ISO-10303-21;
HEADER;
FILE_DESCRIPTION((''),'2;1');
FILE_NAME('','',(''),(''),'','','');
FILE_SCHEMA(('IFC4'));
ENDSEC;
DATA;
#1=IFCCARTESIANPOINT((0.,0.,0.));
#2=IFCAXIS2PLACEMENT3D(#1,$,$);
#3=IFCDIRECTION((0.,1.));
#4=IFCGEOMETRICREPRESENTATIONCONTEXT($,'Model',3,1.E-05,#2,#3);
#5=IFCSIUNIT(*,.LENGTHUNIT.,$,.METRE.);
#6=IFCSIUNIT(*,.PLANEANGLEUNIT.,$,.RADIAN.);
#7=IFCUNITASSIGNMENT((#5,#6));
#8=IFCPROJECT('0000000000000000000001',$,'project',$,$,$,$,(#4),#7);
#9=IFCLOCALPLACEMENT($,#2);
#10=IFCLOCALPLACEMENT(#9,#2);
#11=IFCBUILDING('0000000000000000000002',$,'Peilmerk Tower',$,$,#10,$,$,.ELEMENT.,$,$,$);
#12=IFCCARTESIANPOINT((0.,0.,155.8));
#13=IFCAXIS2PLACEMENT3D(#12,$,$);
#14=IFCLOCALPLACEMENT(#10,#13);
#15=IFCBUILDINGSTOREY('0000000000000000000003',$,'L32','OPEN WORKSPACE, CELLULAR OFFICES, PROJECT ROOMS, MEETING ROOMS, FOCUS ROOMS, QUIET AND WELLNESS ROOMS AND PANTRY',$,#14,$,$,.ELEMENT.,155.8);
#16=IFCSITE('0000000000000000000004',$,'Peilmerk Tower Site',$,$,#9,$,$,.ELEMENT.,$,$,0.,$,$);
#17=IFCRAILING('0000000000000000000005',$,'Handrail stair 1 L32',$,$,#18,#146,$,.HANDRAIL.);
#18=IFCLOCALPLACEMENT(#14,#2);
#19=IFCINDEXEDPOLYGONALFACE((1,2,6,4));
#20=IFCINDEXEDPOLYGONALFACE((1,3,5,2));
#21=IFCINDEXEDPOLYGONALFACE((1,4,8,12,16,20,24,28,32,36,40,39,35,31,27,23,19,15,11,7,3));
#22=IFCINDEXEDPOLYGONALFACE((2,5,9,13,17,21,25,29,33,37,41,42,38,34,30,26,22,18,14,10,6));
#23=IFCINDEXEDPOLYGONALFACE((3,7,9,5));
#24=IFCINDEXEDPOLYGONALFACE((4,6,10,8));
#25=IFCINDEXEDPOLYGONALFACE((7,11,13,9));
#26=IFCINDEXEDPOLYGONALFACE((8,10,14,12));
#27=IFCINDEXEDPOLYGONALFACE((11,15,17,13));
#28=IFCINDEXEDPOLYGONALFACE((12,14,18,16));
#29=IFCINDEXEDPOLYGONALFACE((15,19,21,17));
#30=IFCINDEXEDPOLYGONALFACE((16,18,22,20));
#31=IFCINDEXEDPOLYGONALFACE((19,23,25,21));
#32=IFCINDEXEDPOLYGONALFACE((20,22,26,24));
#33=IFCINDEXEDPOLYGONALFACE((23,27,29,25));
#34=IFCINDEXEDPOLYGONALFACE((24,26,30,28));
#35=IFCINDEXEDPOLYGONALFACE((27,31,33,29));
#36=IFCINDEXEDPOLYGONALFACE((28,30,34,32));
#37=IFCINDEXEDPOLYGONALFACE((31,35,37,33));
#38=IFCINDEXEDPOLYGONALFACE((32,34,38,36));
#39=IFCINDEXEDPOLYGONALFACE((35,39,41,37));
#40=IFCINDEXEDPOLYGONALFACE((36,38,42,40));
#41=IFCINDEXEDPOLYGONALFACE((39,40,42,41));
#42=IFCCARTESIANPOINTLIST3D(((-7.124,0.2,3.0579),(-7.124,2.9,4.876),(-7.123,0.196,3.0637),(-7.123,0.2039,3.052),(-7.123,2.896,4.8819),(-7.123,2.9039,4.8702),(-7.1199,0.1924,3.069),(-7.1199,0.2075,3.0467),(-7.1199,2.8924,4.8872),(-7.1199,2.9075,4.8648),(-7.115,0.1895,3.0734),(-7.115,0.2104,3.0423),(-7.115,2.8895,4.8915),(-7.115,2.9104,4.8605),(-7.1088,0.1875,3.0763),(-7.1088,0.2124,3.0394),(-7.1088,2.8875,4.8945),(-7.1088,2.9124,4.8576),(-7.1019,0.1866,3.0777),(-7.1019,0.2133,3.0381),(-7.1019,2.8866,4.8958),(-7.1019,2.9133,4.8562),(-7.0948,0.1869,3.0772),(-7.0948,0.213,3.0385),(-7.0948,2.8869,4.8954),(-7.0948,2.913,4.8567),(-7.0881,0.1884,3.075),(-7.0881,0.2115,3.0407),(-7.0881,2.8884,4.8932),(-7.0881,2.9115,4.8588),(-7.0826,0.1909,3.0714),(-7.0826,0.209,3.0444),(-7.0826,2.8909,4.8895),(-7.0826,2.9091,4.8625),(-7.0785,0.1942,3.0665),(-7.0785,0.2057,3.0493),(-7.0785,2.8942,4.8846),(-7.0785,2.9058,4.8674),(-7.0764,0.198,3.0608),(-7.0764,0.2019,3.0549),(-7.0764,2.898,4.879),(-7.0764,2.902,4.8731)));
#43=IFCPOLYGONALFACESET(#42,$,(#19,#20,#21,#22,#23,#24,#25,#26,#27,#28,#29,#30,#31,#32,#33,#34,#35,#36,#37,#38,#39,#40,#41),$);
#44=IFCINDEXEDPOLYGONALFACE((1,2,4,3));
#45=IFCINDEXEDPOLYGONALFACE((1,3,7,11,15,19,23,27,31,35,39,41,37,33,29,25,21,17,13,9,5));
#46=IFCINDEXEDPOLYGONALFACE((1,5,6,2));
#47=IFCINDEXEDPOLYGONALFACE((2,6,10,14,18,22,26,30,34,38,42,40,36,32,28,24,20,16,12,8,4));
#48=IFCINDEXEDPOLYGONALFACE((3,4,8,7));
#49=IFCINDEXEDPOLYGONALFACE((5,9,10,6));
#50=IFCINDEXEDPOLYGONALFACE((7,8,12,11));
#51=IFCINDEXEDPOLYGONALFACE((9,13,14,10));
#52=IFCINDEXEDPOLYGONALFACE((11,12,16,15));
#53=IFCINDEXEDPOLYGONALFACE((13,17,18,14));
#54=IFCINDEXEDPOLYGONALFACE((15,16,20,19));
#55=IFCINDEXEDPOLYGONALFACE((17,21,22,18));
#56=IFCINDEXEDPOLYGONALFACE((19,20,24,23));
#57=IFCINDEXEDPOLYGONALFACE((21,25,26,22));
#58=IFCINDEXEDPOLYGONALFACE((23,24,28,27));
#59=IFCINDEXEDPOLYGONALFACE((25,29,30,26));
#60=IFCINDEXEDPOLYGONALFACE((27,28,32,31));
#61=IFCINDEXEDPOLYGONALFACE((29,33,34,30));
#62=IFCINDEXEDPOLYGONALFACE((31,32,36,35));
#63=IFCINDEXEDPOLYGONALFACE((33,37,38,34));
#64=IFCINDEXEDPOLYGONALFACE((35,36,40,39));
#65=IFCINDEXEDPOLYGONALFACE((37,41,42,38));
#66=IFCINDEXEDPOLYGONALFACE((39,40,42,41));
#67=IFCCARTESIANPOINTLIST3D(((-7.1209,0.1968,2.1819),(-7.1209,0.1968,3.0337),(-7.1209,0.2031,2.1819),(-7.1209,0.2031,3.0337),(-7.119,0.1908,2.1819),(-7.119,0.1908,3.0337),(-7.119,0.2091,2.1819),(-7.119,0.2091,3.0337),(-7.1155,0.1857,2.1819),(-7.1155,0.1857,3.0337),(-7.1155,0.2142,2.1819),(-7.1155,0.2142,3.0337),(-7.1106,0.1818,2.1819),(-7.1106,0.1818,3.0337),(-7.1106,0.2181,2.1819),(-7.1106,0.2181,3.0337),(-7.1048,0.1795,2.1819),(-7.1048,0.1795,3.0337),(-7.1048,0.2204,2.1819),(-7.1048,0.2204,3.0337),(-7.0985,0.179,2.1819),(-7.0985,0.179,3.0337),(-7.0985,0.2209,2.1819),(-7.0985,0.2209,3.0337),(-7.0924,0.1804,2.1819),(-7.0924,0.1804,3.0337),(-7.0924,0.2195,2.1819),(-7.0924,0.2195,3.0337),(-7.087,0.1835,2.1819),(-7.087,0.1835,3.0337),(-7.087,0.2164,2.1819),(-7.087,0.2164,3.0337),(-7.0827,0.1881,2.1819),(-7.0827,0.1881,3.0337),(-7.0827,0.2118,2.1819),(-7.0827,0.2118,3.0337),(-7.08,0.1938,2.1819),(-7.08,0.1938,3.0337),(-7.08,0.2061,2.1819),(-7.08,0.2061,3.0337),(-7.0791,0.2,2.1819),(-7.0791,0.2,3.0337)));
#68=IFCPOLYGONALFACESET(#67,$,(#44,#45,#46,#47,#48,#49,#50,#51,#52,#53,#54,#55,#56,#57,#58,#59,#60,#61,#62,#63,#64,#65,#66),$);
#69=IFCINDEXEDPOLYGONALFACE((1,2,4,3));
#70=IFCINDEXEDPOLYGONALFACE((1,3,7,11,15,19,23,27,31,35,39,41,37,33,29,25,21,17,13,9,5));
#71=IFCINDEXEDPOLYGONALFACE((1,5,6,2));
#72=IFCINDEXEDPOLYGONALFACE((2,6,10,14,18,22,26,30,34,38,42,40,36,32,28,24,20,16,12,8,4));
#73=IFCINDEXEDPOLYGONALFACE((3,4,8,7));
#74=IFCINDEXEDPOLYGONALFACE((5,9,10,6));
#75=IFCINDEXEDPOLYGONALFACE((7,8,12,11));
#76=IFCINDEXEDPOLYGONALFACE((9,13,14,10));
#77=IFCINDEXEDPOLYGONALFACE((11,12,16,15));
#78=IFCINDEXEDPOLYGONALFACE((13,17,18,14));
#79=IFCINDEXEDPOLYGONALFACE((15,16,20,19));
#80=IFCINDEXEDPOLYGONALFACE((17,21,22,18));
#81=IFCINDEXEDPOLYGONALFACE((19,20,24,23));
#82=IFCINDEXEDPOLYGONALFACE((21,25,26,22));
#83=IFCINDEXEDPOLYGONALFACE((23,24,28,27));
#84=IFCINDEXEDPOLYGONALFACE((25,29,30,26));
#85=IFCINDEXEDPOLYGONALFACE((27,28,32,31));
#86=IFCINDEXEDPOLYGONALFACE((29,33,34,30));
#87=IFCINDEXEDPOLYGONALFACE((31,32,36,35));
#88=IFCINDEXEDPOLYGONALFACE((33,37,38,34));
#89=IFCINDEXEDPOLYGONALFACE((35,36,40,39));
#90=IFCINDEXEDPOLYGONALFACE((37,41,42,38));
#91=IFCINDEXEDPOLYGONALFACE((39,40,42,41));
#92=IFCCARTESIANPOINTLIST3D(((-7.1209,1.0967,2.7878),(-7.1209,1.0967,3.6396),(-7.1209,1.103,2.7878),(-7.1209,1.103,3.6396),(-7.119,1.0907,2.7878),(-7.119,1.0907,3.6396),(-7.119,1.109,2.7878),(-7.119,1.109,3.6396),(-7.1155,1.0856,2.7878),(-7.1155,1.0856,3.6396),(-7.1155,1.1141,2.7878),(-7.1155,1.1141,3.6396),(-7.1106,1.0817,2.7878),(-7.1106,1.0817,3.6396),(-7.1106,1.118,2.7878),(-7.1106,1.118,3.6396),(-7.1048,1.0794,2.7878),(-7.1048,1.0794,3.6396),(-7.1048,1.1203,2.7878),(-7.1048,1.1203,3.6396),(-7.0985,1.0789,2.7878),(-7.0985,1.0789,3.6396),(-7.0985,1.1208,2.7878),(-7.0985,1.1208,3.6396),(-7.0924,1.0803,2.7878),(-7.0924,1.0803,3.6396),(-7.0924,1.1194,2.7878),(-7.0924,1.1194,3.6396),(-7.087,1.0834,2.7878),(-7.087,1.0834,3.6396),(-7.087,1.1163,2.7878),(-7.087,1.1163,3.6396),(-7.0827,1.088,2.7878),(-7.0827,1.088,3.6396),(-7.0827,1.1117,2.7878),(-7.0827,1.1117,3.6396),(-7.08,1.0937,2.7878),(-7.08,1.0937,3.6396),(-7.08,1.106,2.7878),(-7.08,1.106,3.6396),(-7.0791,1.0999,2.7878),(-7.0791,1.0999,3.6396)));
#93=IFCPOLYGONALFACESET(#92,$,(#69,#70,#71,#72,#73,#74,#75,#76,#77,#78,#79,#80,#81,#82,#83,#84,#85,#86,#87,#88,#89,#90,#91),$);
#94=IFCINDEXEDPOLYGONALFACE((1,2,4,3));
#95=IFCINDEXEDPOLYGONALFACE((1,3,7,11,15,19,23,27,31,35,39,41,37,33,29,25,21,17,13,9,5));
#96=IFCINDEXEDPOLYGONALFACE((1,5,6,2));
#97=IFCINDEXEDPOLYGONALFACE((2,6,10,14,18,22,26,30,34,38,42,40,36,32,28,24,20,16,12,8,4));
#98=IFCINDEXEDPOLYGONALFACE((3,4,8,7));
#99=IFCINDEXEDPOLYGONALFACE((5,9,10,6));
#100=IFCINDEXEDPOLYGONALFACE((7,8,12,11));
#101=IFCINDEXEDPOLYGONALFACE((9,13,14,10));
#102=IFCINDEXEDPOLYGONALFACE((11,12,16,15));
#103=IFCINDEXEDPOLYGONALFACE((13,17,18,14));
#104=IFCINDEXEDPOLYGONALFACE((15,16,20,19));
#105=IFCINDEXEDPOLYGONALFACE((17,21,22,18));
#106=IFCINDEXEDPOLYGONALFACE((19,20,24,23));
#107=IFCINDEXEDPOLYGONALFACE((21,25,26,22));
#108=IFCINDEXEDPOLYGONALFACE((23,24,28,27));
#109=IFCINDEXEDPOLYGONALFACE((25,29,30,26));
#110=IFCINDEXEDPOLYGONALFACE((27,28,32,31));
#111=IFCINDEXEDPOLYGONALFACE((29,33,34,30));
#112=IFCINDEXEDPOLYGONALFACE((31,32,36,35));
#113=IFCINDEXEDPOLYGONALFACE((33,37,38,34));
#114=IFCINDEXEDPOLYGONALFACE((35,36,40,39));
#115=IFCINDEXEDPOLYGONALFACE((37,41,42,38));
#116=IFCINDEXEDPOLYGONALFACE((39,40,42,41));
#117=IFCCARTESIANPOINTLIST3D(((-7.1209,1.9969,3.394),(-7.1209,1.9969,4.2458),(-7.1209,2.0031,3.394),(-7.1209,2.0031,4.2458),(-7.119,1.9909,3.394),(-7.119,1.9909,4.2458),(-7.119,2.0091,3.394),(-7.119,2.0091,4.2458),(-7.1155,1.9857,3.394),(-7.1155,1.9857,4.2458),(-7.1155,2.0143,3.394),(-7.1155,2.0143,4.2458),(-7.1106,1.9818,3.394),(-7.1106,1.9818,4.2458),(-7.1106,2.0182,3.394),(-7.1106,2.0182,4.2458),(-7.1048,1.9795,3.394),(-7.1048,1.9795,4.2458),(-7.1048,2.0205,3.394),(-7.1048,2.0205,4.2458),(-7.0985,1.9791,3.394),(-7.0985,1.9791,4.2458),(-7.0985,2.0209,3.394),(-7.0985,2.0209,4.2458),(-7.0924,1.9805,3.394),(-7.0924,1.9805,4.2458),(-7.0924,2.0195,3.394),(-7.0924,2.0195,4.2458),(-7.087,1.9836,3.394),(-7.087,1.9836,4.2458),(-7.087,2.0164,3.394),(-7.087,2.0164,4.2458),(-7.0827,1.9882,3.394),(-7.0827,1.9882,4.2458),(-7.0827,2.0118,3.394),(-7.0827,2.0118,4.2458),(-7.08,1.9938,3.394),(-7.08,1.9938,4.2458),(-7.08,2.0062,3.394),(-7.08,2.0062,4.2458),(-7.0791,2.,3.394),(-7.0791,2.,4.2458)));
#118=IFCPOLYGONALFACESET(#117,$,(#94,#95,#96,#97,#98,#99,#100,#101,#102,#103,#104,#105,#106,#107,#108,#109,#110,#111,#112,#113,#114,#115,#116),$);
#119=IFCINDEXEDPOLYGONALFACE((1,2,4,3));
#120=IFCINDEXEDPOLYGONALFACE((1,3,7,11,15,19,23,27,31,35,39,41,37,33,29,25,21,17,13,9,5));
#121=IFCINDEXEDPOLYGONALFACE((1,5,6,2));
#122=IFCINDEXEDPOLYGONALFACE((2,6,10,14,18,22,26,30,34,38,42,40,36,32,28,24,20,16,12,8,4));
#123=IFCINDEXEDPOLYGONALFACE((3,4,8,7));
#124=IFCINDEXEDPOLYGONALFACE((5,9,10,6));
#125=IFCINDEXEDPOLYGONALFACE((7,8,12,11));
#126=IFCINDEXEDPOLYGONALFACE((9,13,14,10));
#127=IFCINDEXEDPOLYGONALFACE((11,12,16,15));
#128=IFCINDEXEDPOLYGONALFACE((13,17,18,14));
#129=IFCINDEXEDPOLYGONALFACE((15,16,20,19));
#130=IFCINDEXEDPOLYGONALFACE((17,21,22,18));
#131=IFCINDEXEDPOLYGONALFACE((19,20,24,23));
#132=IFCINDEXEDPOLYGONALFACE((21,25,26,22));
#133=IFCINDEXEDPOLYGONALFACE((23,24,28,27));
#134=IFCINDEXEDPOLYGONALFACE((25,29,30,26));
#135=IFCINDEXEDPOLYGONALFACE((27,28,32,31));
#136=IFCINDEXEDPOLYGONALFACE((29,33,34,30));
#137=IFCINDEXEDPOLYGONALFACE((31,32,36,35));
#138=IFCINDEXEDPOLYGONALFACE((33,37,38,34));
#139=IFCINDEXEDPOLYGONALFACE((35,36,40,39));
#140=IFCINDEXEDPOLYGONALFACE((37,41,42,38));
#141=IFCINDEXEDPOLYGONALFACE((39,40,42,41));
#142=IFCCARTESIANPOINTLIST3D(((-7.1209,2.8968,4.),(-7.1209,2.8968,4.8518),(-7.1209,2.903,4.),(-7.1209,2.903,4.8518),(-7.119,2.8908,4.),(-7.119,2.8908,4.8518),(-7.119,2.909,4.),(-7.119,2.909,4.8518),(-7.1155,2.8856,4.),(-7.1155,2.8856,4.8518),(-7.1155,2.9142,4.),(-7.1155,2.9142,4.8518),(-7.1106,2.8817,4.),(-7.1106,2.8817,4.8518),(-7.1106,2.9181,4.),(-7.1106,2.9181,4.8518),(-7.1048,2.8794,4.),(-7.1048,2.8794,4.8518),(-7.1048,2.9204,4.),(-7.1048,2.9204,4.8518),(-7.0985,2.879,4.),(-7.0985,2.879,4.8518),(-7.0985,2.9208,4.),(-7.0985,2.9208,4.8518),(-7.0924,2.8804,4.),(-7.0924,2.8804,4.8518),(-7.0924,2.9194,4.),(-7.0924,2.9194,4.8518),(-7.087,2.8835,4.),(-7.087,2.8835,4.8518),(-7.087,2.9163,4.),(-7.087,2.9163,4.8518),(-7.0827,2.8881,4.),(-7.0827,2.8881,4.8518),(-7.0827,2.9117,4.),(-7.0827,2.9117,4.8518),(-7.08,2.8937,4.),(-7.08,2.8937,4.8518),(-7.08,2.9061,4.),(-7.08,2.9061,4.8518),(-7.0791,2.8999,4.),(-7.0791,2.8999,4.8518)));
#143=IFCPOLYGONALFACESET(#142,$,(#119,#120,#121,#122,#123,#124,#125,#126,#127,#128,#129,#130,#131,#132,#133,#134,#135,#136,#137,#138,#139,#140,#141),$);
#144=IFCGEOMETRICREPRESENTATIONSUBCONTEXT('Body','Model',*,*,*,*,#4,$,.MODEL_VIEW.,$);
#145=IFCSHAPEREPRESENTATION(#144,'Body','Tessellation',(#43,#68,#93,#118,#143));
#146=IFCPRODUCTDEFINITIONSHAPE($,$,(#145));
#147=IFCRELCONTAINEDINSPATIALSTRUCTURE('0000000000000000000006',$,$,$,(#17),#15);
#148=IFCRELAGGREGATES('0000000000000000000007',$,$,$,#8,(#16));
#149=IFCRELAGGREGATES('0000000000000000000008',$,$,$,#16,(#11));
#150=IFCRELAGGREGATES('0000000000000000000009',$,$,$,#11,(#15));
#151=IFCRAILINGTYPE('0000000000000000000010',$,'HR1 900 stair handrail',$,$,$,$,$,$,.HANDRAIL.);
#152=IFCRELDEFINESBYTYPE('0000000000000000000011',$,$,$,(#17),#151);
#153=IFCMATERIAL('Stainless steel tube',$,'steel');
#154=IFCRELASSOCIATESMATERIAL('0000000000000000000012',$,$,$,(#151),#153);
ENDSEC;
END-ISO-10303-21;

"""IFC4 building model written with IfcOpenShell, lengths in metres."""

from ifc_helpers import new_model, si_unit, direction, frame, origin, origin_2d, place, context, subcontext, project, spatial, circle, extrude, material, type_object, element, save


model = new_model("IFC4")

# Units and contexts
model_context = context("Model", 3, precision=1e-05, world=origin(), true_north=direction((0.0, 1.0)))
body_context = subcontext(model_context, "Body", "Model", "MODEL_VIEW")
ifc_project = project(units=[si_unit("LENGTHUNIT", "METRE"), si_unit("PLANEANGLEUNIT", "RADIAN")], contexts=[model_context])

# Site, building, storey
site_placement = place(None, origin())
site = spatial("IfcSite", under=ifc_project, at=site_placement, Name="Peilmerk Tower Site", CompositionType="ELEMENT", RefElevation=0.0)
building_placement = place(site_placement, origin())
building = spatial("IfcBuilding", under=site, at=building_placement, Name="Peilmerk Tower", CompositionType="ELEMENT")
storey_placement = place(building_placement, frame((0.0, 0.0, 155.8)))
storey = spatial("IfcBuildingStorey", under=building, at=storey_placement, Name="L32", Description="OPEN WORKSPACE, CELLULAR OFFICES, PROJECT ROOMS, MEETING ROOMS, FOCUS ROOMS, QUIET AND WELLNESS ROOMS AND PANTRY", CompositionType="ELEMENT", Elevation=155.8)

# Railing
ifc_material_1 = material(Name="Stainless steel tube", Category="steel")
railing_type_1 = type_object("IfcRailingType", Name="HR1 900 stair handrail", PredefinedType="HANDRAIL", material=ifc_material_1)
railing_1_placement = place(storey_placement, frame((-7.1001, 0.2, 2.1819)))
element("IfcRailing", 1, at=railing_1_placement, inside=storey, type_object=railing_type_1, Name="Handrail stair 1 L32", PredefinedType="HANDRAIL", context=body_context, shape_type="SweptSolid", body=[
    extrude(circle(Radius=0.0239, at=origin_2d()), frame((0.0, 0.0, 0.876), z_axis=(0.0, 0.829468, 0.558554), x_axis=(-1.0, 0.0, 0.0)), (0.0, 0.0, 1.0), 3.2551),
    extrude(circle(Radius=0.021, at=origin_2d()), origin(), (0.0, 0.0, 1.0), 0.8518),
    extrude(circle(Radius=0.021, at=origin_2d()), frame((0.0, 0.8999, 0.606)), (0.0, 0.0, 1.0), 0.8518),
    extrude(circle(Radius=0.021, at=origin_2d()), frame((0.0, 1.8, 1.2122)), (0.0, 0.0, 1.0), 0.8518),
    extrude(circle(Radius=0.021, at=origin_2d()), frame((0.0, 2.7, 1.8181)), (0.0, 0.0, 1.0), 0.8518),
])

save(model, "model.ifc")
